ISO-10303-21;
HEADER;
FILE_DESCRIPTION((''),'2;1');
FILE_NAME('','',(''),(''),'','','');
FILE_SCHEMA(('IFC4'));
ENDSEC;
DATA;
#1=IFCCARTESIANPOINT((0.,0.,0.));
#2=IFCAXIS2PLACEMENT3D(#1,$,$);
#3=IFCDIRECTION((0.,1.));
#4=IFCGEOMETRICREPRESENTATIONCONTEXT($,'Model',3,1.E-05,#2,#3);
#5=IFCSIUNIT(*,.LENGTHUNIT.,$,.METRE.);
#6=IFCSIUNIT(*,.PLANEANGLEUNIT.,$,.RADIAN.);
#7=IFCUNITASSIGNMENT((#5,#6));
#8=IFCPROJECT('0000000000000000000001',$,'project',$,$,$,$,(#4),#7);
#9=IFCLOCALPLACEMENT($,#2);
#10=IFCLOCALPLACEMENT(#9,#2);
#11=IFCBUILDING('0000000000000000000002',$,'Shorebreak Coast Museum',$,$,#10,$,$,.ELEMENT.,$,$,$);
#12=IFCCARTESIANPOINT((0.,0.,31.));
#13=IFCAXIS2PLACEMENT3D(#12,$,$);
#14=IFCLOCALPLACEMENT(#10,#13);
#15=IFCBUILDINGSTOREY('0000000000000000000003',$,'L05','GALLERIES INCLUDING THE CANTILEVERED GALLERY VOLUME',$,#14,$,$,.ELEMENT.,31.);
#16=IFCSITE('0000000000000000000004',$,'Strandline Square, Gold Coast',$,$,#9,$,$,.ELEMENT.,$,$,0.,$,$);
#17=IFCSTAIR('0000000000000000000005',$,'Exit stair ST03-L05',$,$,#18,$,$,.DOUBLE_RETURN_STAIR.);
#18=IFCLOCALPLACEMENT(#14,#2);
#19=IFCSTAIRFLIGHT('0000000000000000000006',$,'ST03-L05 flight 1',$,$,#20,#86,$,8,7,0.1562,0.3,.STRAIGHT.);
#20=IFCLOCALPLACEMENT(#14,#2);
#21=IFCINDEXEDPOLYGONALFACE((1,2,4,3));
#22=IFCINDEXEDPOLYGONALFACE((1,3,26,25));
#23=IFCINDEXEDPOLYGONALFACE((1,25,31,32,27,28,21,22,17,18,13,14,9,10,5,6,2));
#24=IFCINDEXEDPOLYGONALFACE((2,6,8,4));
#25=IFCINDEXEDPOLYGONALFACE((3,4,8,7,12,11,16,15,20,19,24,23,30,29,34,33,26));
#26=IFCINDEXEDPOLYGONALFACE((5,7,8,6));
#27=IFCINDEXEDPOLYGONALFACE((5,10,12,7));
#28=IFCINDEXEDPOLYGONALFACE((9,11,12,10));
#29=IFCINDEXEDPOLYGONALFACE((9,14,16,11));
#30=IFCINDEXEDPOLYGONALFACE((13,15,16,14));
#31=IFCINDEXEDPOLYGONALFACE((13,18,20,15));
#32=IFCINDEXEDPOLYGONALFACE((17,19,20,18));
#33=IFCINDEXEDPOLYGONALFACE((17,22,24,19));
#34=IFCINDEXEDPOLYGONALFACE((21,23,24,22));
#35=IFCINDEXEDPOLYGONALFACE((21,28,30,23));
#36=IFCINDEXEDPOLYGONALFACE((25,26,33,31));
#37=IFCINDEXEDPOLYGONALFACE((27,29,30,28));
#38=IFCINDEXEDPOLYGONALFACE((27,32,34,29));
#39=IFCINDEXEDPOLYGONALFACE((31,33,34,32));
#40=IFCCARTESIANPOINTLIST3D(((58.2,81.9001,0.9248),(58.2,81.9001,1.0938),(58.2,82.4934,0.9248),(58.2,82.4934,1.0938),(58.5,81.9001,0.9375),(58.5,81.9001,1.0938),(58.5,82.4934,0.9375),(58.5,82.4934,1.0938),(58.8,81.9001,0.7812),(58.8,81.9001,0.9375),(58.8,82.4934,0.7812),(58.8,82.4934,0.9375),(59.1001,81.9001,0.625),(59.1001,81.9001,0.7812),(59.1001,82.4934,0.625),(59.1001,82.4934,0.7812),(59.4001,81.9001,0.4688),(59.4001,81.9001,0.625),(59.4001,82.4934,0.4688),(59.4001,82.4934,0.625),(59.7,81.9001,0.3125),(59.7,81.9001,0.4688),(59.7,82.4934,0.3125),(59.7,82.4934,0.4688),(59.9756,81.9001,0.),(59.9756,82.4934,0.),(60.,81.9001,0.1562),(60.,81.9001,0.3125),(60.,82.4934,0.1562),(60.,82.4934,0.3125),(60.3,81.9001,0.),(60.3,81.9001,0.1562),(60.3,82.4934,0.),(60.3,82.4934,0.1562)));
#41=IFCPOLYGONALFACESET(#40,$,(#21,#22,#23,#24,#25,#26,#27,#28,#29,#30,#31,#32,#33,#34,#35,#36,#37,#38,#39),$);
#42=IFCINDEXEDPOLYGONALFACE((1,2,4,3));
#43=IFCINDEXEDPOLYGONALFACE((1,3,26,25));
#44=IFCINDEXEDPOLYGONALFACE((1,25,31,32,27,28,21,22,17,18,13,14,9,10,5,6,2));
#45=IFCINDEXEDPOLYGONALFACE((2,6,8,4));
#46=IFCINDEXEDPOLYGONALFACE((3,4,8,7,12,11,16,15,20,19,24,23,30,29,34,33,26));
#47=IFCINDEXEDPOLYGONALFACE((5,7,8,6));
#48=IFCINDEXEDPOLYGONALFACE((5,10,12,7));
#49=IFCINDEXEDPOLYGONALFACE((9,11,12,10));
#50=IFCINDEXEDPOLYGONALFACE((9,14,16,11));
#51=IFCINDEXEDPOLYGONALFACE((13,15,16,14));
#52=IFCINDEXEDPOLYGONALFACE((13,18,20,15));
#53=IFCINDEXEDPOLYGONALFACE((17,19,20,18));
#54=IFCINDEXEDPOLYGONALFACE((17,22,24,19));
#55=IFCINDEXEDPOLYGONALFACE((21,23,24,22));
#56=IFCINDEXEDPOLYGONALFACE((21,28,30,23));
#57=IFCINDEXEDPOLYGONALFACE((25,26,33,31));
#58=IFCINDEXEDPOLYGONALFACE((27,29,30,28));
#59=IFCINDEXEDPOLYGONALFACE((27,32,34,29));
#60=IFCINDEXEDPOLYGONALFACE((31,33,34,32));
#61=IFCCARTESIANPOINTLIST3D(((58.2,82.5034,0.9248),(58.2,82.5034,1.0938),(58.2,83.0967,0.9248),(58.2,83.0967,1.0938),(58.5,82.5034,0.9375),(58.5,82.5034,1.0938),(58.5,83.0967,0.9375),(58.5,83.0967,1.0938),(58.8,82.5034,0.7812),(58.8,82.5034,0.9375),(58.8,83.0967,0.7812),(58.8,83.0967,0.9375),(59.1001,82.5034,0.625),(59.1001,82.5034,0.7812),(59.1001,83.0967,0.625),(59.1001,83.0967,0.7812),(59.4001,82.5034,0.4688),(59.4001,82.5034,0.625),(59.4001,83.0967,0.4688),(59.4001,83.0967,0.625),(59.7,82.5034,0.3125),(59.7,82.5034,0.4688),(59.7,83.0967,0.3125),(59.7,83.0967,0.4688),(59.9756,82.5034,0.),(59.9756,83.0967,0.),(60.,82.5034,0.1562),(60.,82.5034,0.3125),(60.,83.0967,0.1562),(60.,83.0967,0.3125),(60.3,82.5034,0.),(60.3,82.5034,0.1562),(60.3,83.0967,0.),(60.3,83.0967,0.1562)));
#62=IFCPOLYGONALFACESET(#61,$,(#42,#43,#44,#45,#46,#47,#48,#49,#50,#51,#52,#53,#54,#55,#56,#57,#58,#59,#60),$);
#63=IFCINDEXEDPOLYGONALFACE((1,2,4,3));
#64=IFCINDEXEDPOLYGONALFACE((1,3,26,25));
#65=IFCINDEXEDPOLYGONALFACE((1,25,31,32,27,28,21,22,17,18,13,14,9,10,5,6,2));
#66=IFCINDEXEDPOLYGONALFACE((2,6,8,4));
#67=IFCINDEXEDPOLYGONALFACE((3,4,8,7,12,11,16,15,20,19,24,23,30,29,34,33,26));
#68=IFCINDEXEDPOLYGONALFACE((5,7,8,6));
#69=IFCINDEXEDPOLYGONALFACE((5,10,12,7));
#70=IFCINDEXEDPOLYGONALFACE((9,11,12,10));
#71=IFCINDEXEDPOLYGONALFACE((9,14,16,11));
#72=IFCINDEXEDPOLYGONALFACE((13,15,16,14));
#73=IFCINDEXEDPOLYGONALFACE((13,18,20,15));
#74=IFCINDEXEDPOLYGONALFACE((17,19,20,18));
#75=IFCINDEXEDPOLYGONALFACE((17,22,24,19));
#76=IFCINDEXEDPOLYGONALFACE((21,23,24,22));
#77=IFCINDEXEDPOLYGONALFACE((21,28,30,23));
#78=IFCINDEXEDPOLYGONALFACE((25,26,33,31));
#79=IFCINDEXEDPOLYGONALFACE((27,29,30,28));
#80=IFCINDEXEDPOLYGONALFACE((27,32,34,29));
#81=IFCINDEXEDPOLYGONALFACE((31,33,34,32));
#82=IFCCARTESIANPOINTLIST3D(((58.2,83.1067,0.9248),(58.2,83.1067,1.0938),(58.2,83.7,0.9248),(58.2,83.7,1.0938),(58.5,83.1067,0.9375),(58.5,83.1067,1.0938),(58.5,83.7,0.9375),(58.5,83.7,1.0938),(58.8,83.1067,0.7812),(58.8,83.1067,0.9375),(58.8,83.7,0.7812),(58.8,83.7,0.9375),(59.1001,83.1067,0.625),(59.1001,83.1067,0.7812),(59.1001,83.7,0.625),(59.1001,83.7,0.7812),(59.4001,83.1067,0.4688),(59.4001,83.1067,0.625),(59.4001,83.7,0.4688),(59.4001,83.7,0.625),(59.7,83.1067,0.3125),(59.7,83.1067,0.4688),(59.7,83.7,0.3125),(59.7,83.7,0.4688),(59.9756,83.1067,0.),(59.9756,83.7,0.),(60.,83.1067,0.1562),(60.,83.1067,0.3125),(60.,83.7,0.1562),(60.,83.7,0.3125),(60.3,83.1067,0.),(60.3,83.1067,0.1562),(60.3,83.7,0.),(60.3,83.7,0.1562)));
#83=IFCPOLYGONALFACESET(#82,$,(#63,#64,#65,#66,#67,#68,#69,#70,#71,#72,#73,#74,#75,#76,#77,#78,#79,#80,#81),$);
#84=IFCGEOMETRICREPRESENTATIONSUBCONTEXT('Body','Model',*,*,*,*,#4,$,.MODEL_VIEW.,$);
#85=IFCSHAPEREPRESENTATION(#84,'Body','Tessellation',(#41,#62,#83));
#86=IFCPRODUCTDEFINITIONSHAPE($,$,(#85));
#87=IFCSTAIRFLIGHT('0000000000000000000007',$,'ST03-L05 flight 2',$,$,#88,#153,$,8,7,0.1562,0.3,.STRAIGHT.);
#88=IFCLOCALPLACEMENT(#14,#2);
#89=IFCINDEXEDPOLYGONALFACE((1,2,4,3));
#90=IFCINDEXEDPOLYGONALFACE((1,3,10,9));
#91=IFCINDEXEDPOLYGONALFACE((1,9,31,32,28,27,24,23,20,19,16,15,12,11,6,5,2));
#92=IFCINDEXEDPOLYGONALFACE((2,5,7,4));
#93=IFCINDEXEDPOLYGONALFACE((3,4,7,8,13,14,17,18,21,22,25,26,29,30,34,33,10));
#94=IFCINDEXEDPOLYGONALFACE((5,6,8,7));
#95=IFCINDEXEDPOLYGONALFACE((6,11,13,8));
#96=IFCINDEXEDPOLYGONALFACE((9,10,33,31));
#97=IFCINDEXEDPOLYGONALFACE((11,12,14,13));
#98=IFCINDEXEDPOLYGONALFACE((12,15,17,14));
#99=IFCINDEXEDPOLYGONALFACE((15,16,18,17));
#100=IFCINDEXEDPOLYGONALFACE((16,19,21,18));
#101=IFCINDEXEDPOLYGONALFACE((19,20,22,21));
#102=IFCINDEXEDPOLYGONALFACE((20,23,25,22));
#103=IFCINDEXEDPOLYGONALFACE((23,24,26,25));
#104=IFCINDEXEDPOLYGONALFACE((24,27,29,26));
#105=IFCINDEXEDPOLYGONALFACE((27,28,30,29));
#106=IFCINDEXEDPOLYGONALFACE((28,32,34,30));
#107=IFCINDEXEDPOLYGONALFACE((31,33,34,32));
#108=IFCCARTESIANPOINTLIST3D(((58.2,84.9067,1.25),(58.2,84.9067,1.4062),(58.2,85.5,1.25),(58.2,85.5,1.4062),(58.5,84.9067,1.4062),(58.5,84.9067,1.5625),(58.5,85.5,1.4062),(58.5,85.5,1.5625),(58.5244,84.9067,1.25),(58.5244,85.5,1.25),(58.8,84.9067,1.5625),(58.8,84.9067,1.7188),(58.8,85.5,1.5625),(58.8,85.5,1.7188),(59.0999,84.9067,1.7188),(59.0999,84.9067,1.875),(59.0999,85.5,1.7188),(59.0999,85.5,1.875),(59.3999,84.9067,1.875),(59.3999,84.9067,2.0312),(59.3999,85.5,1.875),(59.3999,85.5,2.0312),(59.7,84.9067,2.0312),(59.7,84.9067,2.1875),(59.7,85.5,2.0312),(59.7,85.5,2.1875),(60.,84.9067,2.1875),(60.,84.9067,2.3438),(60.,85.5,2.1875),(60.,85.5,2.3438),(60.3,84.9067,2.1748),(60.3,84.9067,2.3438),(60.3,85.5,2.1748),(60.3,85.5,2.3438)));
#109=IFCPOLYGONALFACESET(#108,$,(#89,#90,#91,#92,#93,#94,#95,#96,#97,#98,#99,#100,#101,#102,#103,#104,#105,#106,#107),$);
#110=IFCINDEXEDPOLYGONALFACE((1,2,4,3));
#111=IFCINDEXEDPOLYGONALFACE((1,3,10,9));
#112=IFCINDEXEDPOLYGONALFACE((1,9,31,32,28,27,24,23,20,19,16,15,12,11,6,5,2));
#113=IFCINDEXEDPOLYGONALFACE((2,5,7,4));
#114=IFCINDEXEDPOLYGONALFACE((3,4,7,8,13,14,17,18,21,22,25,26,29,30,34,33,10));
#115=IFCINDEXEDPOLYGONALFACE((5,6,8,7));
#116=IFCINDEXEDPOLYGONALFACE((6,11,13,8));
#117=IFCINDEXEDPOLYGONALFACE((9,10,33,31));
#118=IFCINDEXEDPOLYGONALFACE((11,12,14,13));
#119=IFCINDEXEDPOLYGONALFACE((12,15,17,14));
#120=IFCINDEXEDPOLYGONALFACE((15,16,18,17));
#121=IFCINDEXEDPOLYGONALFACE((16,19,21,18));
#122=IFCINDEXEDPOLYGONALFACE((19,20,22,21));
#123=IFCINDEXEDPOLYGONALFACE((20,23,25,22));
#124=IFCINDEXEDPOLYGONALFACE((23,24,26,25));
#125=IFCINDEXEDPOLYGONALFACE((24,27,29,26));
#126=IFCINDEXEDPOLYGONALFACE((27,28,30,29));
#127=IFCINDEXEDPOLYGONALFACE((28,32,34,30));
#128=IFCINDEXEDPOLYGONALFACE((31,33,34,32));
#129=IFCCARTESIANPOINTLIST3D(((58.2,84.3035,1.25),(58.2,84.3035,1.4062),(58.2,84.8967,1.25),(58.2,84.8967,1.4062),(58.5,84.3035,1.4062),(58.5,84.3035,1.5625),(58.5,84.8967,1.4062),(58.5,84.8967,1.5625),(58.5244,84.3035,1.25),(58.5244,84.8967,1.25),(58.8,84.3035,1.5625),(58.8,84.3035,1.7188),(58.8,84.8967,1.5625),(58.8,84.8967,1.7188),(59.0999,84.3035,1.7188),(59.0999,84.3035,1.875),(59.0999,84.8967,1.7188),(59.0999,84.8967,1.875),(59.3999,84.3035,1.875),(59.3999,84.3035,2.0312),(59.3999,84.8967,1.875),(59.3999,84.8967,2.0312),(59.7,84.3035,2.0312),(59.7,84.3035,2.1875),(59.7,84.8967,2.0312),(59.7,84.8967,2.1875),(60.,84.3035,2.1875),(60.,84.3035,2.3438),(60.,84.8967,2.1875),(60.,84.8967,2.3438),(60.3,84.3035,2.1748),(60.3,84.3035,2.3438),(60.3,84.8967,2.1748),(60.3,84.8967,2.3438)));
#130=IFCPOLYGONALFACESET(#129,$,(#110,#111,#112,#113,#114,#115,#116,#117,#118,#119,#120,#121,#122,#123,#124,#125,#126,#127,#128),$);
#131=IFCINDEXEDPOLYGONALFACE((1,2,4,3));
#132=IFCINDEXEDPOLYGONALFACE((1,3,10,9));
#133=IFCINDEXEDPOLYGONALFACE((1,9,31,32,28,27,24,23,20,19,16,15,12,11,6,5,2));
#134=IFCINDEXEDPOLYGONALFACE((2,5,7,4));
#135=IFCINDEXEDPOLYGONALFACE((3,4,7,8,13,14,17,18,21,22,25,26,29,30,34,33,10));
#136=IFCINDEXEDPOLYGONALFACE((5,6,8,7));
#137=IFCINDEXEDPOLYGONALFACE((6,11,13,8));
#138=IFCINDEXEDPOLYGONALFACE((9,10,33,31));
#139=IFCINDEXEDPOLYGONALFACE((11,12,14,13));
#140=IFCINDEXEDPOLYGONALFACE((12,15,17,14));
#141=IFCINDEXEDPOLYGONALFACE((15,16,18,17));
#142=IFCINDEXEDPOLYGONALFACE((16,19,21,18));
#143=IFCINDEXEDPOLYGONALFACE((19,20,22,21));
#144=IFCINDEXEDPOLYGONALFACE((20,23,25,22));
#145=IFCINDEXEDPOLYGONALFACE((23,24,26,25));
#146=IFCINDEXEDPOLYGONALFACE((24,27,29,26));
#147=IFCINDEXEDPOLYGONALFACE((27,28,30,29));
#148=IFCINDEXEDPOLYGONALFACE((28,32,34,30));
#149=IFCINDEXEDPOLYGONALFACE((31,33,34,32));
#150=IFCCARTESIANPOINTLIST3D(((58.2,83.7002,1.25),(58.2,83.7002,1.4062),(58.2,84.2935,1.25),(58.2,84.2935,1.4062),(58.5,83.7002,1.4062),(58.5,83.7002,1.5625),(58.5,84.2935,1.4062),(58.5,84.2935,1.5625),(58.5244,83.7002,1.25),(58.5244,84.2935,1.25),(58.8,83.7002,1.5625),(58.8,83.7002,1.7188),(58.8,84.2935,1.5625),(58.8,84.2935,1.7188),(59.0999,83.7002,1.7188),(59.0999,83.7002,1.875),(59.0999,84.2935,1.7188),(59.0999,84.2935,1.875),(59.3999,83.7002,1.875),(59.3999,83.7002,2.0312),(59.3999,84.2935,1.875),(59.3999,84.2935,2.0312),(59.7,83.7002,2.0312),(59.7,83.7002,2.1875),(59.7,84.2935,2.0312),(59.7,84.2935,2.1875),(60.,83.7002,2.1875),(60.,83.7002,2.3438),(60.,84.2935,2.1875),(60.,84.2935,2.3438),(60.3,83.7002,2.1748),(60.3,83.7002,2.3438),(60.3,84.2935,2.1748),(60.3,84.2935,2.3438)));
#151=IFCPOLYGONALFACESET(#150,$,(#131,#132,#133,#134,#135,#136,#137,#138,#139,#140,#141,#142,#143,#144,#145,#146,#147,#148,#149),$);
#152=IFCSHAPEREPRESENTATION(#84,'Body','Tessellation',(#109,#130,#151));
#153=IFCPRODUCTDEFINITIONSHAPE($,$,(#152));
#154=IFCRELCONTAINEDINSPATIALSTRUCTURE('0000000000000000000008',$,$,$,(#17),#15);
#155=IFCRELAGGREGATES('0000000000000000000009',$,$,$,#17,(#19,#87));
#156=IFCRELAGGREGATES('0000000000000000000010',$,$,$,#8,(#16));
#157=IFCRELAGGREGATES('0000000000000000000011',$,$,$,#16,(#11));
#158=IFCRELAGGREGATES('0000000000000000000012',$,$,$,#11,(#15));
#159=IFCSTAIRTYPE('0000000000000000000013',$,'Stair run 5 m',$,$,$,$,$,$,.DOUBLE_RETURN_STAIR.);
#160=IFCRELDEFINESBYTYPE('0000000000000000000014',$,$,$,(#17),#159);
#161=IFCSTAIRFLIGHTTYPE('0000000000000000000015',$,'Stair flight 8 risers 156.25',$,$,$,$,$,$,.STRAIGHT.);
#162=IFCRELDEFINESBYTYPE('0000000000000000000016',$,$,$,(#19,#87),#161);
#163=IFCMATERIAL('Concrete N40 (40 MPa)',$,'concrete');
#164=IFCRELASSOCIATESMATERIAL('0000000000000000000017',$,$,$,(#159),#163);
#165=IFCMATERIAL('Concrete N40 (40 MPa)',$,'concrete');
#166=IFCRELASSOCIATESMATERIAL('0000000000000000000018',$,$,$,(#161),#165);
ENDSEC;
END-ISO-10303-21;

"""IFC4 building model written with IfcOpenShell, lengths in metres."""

from ifc_helpers import new_model, si_unit, direction, frame, origin, place, context, subcontext, project, spatial, polyline, outline, extrude, material, type_object, element, aggregate, save


model = new_model("IFC4")

# Units and contexts
model_context = context("Model", 3, precision=1e-05, world=origin(), true_north=direction((0.0, 1.0)))
body_context = subcontext(model_context, "Body", "Model", "MODEL_VIEW")
ifc_project = project(units=[si_unit("LENGTHUNIT", "METRE"), si_unit("PLANEANGLEUNIT", "RADIAN")], contexts=[model_context])

# Site, building, storey
site_placement = place(None, origin())
site = spatial("IfcSite", under=ifc_project, at=site_placement, Name="Strandline Square, Gold Coast", CompositionType="ELEMENT", RefElevation=0.0)
building_placement = place(site_placement, origin())
building = spatial("IfcBuilding", under=site, at=building_placement, Name="Shorebreak Coast Museum", CompositionType="ELEMENT")
storey_placement = place(building_placement, frame((0.0, 0.0, 31.0)))
storey = spatial("IfcBuildingStorey", under=building, at=storey_placement, Name="L05", Description="GALLERIES INCLUDING THE CANTILEVERED GALLERY VOLUME", CompositionType="ELEMENT", Elevation=31.0)

# Stair, stair flights
ifc_material_1 = material(Name="Concrete N40 (40 MPa)", Category="concrete")
stair_type = type_object("IfcStairType", Name="Stair run 5 m", PredefinedType="DOUBLE_RETURN_STAIR", material=ifc_material_1)
stair_placement = place(storey_placement, origin())
stair = element("IfcStair", 1, at=stair_placement, inside=storey, type_object=stair_type, Name="Exit stair ST03-L05", PredefinedType="DOUBLE_RETURN_STAIR")
ifc_material_2 = material(Name="Concrete N40 (40 MPa)", Category="concrete")
stair_flight_type = type_object("IfcStairFlightType", Name="Stair flight 8 risers 156.25", PredefinedType="STRAIGHT", material=ifc_material_2)
stair_flight_1_placement = place(storey_placement, frame((60.3, 82.8, 0.0), z_axis=(0.0, 0.0, 1.0), x_axis=(-1.0, 0.0, 0.0)))
stair_flight_1 = element("IfcStairFlight", 2, at=stair_flight_1_placement, type_object=stair_flight_type, Name="ST03-L05 flight 1", NumberOfRisers=8, NumberOfTreads=7, PredefinedType="STRAIGHT", RiserHeight=0.1562, TreadLength=0.3, context=body_context, shape_type="SweptSolid", body=[
    extrude(outline(polyline([(0.0, 0.0), (0.0, 0.1562), (0.3, 0.1562), (0.3, 0.3125), (0.6001, 0.3125), (0.6001, 0.4688), (0.8999, 0.4688), (0.8999, 0.625), (1.2, 0.625), (1.2, 0.7812), (1.5, 0.7812), (1.5, 0.9375), (1.8, 0.9375), (1.8, 1.0938), (2.1001, 1.0938), (2.1001, 1.25), (2.1001, 0.9248), (0.3245, 0.0), (0.0, 0.0)])), frame((0.0, 0.8999, 0.0), z_axis=(0.0, -1.0, 0.0), x_axis=(1.0, 0.0, 0.0)), (0.0, 0.0, 1.0), 0.5933),
    extrude(outline(polyline([(0.0, 0.0), (0.0, 0.1562), (0.3, 0.1562), (0.3, 0.3125), (0.6001, 0.3125), (0.6001, 0.4688), (0.8999, 0.4688), (0.8999, 0.625), (1.2, 0.625), (1.2, 0.7812), (1.5, 0.7812), (1.5, 0.9375), (1.8, 0.9375), (1.8, 1.0938), (2.1001, 1.0938), (2.1001, 1.25), (2.1001, 0.9248), (0.3245, 0.0), (0.0, 0.0)])), frame((0.0, 0.2966, 0.0), z_axis=(0.0, -1.0, 0.0), x_axis=(1.0, 0.0, 0.0)), (0.0, 0.0, 1.0), 0.5933),
    extrude(outline(polyline([(0.0, 0.0), (0.0, 0.1562), (0.3, 0.1562), (0.3, 0.3125), (0.6001, 0.3125), (0.6001, 0.4688), (0.8999, 0.4688), (0.8999, 0.625), (1.2, 0.625), (1.2, 0.7812), (1.5, 0.7812), (1.5, 0.9375), (1.8, 0.9375), (1.8, 1.0938), (2.1001, 1.0938), (2.1001, 1.25), (2.1001, 0.9248), (0.3245, 0.0), (0.0, 0.0)])), frame((0.0, -0.3066, 0.0), z_axis=(0.0, -1.0, 0.0), x_axis=(1.0, 0.0, 0.0)), (0.0, 0.0, 1.0), 0.5933),
])
stair_flight_2_placement = place(storey_placement, frame((58.2, 84.6001, 1.25), z_axis=(0.0, 0.0, 1.0), x_axis=(1.0, 0.0, 0.0)))
stair_flight_2 = element("IfcStairFlight", 3, at=stair_flight_2_placement, type_object=stair_flight_type, Name="ST03-L05 flight 2", NumberOfRisers=8, NumberOfTreads=7, PredefinedType="STRAIGHT", RiserHeight=0.1562, TreadLength=0.3, context=body_context, shape_type="SweptSolid", body=[
    extrude(outline(polyline([(0.0, 0.0), (0.0, 0.1562), (0.3, 0.1562), (0.3, 0.3125), (0.6001, 0.3125), (0.6001, 0.4688), (0.8999, 0.4688), (0.8999, 0.625), (1.2, 0.625), (1.2, 0.7812), (1.5, 0.7812), (1.5, 0.9375), (1.8, 0.9375), (1.8, 1.0938), (2.1001, 1.0938), (2.1001, 1.25), (2.1001, 0.9248), (0.3245, 0.0), (0.0, 0.0)])), frame((0.0, 0.8999, 0.0), z_axis=(0.0, -1.0, 0.0), x_axis=(1.0, 0.0, 0.0)), (0.0, 0.0, 1.0), 0.5933),
    extrude(outline(polyline([(0.0, 0.0), (0.0, 0.1562), (0.3, 0.1562), (0.3, 0.3125), (0.6001, 0.3125), (0.6001, 0.4688), (0.8999, 0.4688), (0.8999, 0.625), (1.2, 0.625), (1.2, 0.7812), (1.5, 0.7812), (1.5, 0.9375), (1.8, 0.9375), (1.8, 1.0938), (2.1001, 1.0938), (2.1001, 1.25), (2.1001, 0.9248), (0.3245, 0.0), (0.0, 0.0)])), frame((0.0, 0.2966, 0.0), z_axis=(0.0, -1.0, 0.0), x_axis=(1.0, 0.0, 0.0)), (0.0, 0.0, 1.0), 0.5933),
    extrude(outline(polyline([(0.0, 0.0), (0.0, 0.1562), (0.3, 0.1562), (0.3, 0.3125), (0.6001, 0.3125), (0.6001, 0.4688), (0.8999, 0.4688), (0.8999, 0.625), (1.2, 0.625), (1.2, 0.7812), (1.5, 0.7812), (1.5, 0.9375), (1.8, 0.9375), (1.8, 1.0938), (2.1001, 1.0938), (2.1001, 1.25), (2.1001, 0.9248), (0.3245, 0.0), (0.0, 0.0)])), frame((0.0, -0.3066, 0.0), z_axis=(0.0, -1.0, 0.0), x_axis=(1.0, 0.0, 0.0)), (0.0, 0.0, 1.0), 0.5933),
])
aggregate(stair, [stair_flight_1, stair_flight_2])

save(model, "model.ifc")
